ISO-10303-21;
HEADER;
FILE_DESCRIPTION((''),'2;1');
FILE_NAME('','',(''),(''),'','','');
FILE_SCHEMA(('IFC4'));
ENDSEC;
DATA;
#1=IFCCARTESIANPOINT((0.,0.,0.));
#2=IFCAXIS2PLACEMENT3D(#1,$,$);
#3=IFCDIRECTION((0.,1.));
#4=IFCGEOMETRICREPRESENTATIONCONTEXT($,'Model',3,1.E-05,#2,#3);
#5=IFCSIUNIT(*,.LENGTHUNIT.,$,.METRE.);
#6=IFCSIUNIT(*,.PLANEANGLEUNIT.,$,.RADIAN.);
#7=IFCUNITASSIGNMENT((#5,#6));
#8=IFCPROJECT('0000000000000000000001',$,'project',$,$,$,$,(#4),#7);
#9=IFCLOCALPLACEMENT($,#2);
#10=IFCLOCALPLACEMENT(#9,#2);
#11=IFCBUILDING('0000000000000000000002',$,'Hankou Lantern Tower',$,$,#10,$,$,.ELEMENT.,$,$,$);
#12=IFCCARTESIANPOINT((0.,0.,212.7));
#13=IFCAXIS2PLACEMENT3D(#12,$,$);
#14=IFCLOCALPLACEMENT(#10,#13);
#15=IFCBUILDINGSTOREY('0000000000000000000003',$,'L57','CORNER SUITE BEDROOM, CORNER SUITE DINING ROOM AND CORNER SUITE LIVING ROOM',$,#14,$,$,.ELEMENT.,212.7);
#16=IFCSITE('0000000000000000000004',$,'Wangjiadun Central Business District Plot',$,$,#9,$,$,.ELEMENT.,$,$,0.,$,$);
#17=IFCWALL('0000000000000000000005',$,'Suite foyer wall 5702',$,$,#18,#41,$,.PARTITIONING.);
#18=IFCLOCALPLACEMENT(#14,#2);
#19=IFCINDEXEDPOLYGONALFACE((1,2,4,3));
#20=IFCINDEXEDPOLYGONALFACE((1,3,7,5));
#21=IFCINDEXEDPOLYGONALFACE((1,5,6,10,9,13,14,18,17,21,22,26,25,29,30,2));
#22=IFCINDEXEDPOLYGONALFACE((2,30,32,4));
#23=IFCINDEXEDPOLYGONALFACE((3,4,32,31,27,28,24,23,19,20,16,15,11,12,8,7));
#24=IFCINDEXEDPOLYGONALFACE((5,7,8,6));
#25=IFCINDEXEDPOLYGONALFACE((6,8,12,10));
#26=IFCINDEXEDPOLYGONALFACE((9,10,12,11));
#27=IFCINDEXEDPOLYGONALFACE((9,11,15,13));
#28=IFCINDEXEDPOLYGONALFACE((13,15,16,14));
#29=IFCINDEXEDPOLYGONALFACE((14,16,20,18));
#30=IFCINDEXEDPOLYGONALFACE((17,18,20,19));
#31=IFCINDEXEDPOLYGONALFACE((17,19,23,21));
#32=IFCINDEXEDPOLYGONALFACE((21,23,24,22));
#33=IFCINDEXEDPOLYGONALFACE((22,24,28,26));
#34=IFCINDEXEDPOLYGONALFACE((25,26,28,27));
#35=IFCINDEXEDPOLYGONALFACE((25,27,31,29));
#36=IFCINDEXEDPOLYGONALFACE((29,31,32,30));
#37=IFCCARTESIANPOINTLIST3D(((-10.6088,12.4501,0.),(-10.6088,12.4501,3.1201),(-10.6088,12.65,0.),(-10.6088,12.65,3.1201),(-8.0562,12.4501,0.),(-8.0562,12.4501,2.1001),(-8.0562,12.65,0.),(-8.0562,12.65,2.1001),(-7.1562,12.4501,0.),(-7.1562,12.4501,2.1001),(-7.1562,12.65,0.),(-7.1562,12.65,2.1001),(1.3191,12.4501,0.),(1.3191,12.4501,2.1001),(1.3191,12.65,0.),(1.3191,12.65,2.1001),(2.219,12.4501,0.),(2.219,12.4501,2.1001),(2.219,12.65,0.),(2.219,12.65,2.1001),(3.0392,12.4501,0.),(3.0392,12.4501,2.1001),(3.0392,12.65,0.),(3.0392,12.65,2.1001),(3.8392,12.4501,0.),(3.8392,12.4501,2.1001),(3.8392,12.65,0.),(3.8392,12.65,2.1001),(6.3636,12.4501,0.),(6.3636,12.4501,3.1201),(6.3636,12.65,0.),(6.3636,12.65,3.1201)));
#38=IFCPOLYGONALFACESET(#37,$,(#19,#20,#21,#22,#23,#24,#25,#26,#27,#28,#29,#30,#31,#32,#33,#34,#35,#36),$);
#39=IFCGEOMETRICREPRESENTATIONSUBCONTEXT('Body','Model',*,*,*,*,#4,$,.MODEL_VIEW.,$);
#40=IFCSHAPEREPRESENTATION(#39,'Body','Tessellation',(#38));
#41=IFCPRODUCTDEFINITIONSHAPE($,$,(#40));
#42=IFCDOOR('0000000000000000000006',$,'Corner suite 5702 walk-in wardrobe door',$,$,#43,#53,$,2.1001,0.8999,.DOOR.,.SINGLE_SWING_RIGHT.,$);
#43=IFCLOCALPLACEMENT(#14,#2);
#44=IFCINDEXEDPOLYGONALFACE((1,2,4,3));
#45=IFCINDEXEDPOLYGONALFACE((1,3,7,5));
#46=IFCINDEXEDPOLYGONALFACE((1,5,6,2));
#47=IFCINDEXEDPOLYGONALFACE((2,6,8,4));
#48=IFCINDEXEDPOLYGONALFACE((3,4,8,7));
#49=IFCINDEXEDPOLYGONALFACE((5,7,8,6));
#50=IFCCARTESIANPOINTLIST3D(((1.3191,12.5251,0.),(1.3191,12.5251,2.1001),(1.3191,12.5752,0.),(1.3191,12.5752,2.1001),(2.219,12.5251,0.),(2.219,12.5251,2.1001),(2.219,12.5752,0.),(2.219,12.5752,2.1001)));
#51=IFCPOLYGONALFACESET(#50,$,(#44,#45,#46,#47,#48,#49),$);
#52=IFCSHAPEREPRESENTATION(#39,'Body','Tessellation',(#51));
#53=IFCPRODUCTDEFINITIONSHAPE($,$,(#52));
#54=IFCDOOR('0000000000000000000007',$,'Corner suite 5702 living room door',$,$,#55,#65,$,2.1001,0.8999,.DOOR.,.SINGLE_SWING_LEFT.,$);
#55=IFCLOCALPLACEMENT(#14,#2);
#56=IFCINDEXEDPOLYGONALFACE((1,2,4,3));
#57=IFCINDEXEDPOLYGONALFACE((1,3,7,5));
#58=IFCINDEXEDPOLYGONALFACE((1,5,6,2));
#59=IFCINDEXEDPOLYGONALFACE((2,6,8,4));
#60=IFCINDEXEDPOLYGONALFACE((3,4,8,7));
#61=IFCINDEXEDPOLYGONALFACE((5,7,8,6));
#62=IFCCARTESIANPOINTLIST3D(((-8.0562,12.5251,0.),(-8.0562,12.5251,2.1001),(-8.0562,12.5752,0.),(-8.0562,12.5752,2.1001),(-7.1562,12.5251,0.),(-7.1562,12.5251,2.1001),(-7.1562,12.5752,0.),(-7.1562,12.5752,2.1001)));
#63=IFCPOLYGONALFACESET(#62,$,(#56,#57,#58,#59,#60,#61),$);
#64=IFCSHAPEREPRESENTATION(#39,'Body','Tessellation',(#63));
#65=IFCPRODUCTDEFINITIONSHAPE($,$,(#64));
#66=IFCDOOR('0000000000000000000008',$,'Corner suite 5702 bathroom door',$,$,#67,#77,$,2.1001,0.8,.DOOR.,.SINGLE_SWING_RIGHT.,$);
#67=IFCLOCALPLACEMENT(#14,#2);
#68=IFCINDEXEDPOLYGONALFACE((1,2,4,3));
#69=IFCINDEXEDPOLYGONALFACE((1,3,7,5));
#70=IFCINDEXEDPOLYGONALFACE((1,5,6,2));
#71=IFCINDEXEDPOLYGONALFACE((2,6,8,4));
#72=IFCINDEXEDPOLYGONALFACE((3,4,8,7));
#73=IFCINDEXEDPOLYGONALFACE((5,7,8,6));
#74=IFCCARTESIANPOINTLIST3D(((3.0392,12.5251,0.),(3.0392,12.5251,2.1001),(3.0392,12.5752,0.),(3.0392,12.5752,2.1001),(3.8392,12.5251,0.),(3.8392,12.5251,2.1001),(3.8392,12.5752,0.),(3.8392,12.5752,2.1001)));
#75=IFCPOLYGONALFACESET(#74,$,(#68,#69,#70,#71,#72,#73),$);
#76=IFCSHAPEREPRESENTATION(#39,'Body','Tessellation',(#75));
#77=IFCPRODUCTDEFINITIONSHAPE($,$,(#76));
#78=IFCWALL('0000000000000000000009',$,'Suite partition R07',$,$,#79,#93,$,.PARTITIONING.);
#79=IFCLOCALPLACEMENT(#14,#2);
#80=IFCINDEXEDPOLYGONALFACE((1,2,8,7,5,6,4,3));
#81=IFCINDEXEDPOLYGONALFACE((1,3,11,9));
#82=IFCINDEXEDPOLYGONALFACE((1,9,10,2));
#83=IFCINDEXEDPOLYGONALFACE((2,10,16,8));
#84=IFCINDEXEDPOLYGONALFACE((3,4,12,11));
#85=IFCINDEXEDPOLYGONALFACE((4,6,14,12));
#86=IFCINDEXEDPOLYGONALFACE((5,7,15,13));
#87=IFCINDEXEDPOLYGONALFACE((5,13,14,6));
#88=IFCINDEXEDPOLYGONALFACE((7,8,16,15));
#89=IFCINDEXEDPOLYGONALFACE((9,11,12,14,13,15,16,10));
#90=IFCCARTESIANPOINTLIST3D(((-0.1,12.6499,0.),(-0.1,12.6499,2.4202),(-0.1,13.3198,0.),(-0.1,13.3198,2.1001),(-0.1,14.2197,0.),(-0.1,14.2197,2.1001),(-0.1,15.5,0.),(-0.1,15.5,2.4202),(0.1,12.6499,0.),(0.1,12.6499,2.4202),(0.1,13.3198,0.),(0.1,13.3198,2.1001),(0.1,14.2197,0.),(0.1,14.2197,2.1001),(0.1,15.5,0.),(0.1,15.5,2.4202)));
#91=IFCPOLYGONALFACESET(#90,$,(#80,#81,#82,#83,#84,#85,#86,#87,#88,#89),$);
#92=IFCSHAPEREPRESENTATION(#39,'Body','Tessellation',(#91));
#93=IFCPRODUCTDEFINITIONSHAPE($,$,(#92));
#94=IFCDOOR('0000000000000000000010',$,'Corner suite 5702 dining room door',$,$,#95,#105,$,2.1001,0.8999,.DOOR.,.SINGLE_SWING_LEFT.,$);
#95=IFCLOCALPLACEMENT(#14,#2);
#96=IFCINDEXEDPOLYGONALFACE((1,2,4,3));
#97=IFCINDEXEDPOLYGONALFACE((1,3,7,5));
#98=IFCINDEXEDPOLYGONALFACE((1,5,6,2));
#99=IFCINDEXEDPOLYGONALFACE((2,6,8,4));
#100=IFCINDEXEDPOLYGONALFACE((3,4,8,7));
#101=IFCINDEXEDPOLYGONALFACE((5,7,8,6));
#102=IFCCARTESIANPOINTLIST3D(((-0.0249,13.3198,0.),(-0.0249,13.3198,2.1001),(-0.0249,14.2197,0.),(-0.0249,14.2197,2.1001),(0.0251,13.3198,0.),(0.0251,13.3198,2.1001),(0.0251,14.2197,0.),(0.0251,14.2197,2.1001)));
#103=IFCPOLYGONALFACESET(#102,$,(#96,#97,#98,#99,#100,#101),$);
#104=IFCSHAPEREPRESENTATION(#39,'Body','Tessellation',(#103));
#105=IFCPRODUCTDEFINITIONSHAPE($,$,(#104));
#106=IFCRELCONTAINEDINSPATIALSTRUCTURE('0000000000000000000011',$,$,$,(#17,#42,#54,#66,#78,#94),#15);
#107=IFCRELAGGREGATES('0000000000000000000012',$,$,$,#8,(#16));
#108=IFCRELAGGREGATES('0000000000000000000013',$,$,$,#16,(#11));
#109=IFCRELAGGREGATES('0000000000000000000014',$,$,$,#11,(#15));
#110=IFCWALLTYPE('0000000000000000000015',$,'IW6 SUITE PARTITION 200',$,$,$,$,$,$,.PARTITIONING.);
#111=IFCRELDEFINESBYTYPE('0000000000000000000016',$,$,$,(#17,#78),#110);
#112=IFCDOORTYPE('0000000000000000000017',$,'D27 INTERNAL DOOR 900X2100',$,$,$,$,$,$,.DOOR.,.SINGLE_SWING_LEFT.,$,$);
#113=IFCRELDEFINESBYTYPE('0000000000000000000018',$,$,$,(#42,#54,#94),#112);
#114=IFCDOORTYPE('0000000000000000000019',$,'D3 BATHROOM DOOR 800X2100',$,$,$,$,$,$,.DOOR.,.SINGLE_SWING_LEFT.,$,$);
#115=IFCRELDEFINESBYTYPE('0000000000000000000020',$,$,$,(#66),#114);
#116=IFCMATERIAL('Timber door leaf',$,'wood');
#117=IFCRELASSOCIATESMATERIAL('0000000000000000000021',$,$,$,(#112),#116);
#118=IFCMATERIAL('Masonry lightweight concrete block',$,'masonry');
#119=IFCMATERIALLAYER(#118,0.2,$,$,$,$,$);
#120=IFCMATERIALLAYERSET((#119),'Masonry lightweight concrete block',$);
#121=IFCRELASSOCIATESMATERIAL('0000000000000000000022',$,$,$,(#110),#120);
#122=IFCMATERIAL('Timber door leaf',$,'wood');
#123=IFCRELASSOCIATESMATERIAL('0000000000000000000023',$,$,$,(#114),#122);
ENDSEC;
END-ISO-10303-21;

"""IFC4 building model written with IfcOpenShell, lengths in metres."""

from ifc_helpers import new_model, si_unit, direction, frame, frame_2d, origin, place, context, subcontext, project, spatial, rectangle, extrude, material, layer, layer_set, type_object, element, fill, save


model = new_model("IFC4")

# Units and contexts
model_context = context("Model", 3, precision=1e-05, world=origin(), true_north=direction((0.0, 1.0)))
body_context = subcontext(model_context, "Body", "Model", "MODEL_VIEW")
ifc_project = project(units=[si_unit("LENGTHUNIT", "METRE"), si_unit("PLANEANGLEUNIT", "RADIAN")], contexts=[model_context])

# Site, building, storey
site_placement = place(None, origin())
site = spatial("IfcSite", under=ifc_project, at=site_placement, Name="Wangjiadun Central Business District Plot", CompositionType="ELEMENT", RefElevation=0.0)
building_placement = place(site_placement, origin())
building = spatial("IfcBuilding", under=site, at=building_placement, Name="Hankou Lantern Tower", CompositionType="ELEMENT")
storey_placement = place(building_placement, frame((0.0, 0.0, 212.7)))
storey = spatial("IfcBuildingStorey", under=building, at=storey_placement, Name="L57", Description="CORNER SUITE BEDROOM, CORNER SUITE DINING ROOM AND CORNER SUITE LIVING ROOM", CompositionType="ELEMENT", Elevation=212.7)

# Shared definitions
ifc_material_1 = material(Name="Timber door leaf", Category="wood")
door_type_1 = type_object("IfcDoorType", Name="D27 INTERNAL DOOR 900X2100", OperationType="SINGLE_SWING_LEFT", PredefinedType="DOOR", material=ifc_material_1)

# Wall, openings, doors
ifc_material_2 = material(Name="Masonry lightweight concrete block", Category="masonry")
ifc_layer_1 = layer(ifc_material_2, 0.2)
ifc_layer_set_1 = layer_set([ifc_layer_1], Name="Masonry lightweight concrete block")
wall_type_1 = type_object("IfcWallType", Name="IW6 SUITE PARTITION 200", PredefinedType="PARTITIONING", material=ifc_layer_set_1)
wall_1_placement = place(storey_placement, frame((6.3638, 12.55, 0.0), z_axis=(0.0, 0.0, 1.0), x_axis=(-1.0, 0.0, 0.0)))
wall_1 = element("IfcWall", 1, at=wall_1_placement, inside=storey, type_object=wall_type_1, Name="Suite foyer wall 5702", PredefinedType="PARTITIONING", context=body_context, shape_type="SweptSolid", body=[
    extrude(rectangle(XDim=16.9724, YDim=0.2, at=frame_2d((8.4863, 0.0))), origin(), (0.0, 0.0, 1.0), 3.1201),
])
opening_1_placement = place(wall_1_placement, frame((2.5247, 0.0, 0.0)))
opening_1 = element("IfcOpeningElement", 2, at=opening_1_placement, cuts=wall_1, PredefinedType="OPENING", context=body_context, shape_type="SweptSolid", body=[
    extrude(rectangle(XDim=0.8, YDim=2.1001, at=frame_2d((0.3999, 1.05))), frame((0.0, 0.1099, 0.0), z_axis=(0.0, -1.0, 0.0), x_axis=(1.0, 0.0, 0.0)), (0.0, 0.0, 1.0), 0.22),
])
opening_2_placement = place(wall_1_placement, frame((4.1448, 0.0, 0.0)))
opening_2 = element("IfcOpeningElement", 3, at=opening_2_placement, cuts=wall_1, PredefinedType="OPENING", context=body_context, shape_type="SweptSolid", body=[
    extrude(rectangle(XDim=0.8999, YDim=2.1001, at=frame_2d((0.45, 1.05))), frame((0.0, 0.1099, 0.0), z_axis=(0.0, -1.0, 0.0), x_axis=(1.0, 0.0, 0.0)), (0.0, 0.0, 1.0), 0.22),
])
opening_3_placement = place(wall_1_placement, frame((13.52, 0.0, 0.0)))
opening_3 = element("IfcOpeningElement", 4, at=opening_3_placement, cuts=wall_1, PredefinedType="OPENING", context=body_context, shape_type="SweptSolid", body=[
    extrude(rectangle(XDim=0.8999, YDim=2.1001, at=frame_2d((0.45, 1.05))), frame((0.0, 0.1099, 0.0), z_axis=(0.0, -1.0, 0.0), x_axis=(1.0, 0.0, 0.0)), (0.0, 0.0, 1.0), 0.22),
])
door_1_placement = place(opening_2_placement, origin())
door_1 = element("IfcDoor", 5, at=door_1_placement, inside=storey, type_object=door_type_1, Name="Corner suite 5702 walk-in wardrobe door", OperationType="SINGLE_SWING_RIGHT", OverallHeight=2.1001, OverallWidth=0.8999, PredefinedType="DOOR", context=body_context, shape_type="SweptSolid", body=[
    extrude(rectangle(XDim=0.8999, YDim=2.1001, at=frame_2d((0.45, 1.05))), frame((0.0, 0.0249, 0.0), z_axis=(0.0, -1.0, 0.0), x_axis=(1.0, 0.0, 0.0)), (0.0, 0.0, 1.0), 0.05),
])
fill(opening_2, door_1)
door_2_placement = place(opening_3_placement, origin())
door_2 = element("IfcDoor", 6, at=door_2_placement, inside=storey, type_object=door_type_1, Name="Corner suite 5702 living room door", OperationType="SINGLE_SWING_LEFT", OverallHeight=2.1001, OverallWidth=0.8999, PredefinedType="DOOR", context=body_context, shape_type="SweptSolid", body=[
    extrude(rectangle(XDim=0.8999, YDim=2.1001, at=frame_2d((0.45, 1.05))), frame((0.0, 0.0249, 0.0), z_axis=(0.0, -1.0, 0.0), x_axis=(1.0, 0.0, 0.0)), (0.0, 0.0, 1.0), 0.05),
])
fill(opening_3, door_2)
ifc_material_3 = material(Name="Timber door leaf", Category="wood")
door_type_2 = type_object("IfcDoorType", Name="D3 BATHROOM DOOR 800X2100", OperationType="SINGLE_SWING_LEFT", PredefinedType="DOOR", material=ifc_material_3)
door_3_placement = place(opening_1_placement, origin())
door_3 = element("IfcDoor", 7, at=door_3_placement, inside=storey, type_object=door_type_2, Name="Corner suite 5702 bathroom door", OperationType="SINGLE_SWING_RIGHT", OverallHeight=2.1001, OverallWidth=0.8, PredefinedType="DOOR", context=body_context, shape_type="SweptSolid", body=[
    extrude(rectangle(XDim=0.8, YDim=2.1001, at=frame_2d((0.3999, 1.05))), frame((0.0, 0.0249, 0.0), z_axis=(0.0, -1.0, 0.0), x_axis=(1.0, 0.0, 0.0)), (0.0, 0.0, 1.0), 0.05),
])
fill(opening_1, door_3)

# Wall, opening, door
wall_2_placement = place(storey_placement, frame((0.0, 12.6499, 0.0), z_axis=(0.0, 0.0, 1.0), x_axis=(0.0, 1.0, 0.0)))
wall_2 = element("IfcWall", 8, at=wall_2_placement, inside=storey, type_object=wall_type_1, Name="Suite partition R07", PredefinedType="PARTITIONING", context=body_context, shape_type="SweptSolid", body=[
    extrude(rectangle(XDim=2.8501, YDim=0.2, at=frame_2d((1.425, 0.0))), origin(), (0.0, 0.0, 1.0), 2.4202),
])
opening_4_placement = place(wall_2_placement, frame((0.6699, 0.0, 0.0)))
opening_4 = element("IfcOpeningElement", 9, at=opening_4_placement, cuts=wall_2, PredefinedType="OPENING", context=body_context, shape_type="SweptSolid", body=[
    extrude(rectangle(XDim=0.8999, YDim=2.1001, at=frame_2d((0.45, 1.05))), frame((0.0, 0.1099, 0.0), z_axis=(0.0, -1.0, 0.0), x_axis=(1.0, 0.0, 0.0)), (0.0, 0.0, 1.0), 0.22),
])
door_4_placement = place(opening_4_placement, origin())
door_4 = element("IfcDoor", 10, at=door_4_placement, inside=storey, type_object=door_type_1, Name="Corner suite 5702 dining room door", OperationType="SINGLE_SWING_LEFT", OverallHeight=2.1001, OverallWidth=0.8999, PredefinedType="DOOR", context=body_context, shape_type="SweptSolid", body=[
    extrude(rectangle(XDim=0.8999, YDim=2.1001, at=frame_2d((0.45, 1.05))), frame((0.0, 0.0249, 0.0), z_axis=(0.0, -1.0, 0.0), x_axis=(1.0, 0.0, 0.0)), (0.0, 0.0, 1.0), 0.05),
])
fill(opening_4, door_4)

save(model, "model.ifc")
